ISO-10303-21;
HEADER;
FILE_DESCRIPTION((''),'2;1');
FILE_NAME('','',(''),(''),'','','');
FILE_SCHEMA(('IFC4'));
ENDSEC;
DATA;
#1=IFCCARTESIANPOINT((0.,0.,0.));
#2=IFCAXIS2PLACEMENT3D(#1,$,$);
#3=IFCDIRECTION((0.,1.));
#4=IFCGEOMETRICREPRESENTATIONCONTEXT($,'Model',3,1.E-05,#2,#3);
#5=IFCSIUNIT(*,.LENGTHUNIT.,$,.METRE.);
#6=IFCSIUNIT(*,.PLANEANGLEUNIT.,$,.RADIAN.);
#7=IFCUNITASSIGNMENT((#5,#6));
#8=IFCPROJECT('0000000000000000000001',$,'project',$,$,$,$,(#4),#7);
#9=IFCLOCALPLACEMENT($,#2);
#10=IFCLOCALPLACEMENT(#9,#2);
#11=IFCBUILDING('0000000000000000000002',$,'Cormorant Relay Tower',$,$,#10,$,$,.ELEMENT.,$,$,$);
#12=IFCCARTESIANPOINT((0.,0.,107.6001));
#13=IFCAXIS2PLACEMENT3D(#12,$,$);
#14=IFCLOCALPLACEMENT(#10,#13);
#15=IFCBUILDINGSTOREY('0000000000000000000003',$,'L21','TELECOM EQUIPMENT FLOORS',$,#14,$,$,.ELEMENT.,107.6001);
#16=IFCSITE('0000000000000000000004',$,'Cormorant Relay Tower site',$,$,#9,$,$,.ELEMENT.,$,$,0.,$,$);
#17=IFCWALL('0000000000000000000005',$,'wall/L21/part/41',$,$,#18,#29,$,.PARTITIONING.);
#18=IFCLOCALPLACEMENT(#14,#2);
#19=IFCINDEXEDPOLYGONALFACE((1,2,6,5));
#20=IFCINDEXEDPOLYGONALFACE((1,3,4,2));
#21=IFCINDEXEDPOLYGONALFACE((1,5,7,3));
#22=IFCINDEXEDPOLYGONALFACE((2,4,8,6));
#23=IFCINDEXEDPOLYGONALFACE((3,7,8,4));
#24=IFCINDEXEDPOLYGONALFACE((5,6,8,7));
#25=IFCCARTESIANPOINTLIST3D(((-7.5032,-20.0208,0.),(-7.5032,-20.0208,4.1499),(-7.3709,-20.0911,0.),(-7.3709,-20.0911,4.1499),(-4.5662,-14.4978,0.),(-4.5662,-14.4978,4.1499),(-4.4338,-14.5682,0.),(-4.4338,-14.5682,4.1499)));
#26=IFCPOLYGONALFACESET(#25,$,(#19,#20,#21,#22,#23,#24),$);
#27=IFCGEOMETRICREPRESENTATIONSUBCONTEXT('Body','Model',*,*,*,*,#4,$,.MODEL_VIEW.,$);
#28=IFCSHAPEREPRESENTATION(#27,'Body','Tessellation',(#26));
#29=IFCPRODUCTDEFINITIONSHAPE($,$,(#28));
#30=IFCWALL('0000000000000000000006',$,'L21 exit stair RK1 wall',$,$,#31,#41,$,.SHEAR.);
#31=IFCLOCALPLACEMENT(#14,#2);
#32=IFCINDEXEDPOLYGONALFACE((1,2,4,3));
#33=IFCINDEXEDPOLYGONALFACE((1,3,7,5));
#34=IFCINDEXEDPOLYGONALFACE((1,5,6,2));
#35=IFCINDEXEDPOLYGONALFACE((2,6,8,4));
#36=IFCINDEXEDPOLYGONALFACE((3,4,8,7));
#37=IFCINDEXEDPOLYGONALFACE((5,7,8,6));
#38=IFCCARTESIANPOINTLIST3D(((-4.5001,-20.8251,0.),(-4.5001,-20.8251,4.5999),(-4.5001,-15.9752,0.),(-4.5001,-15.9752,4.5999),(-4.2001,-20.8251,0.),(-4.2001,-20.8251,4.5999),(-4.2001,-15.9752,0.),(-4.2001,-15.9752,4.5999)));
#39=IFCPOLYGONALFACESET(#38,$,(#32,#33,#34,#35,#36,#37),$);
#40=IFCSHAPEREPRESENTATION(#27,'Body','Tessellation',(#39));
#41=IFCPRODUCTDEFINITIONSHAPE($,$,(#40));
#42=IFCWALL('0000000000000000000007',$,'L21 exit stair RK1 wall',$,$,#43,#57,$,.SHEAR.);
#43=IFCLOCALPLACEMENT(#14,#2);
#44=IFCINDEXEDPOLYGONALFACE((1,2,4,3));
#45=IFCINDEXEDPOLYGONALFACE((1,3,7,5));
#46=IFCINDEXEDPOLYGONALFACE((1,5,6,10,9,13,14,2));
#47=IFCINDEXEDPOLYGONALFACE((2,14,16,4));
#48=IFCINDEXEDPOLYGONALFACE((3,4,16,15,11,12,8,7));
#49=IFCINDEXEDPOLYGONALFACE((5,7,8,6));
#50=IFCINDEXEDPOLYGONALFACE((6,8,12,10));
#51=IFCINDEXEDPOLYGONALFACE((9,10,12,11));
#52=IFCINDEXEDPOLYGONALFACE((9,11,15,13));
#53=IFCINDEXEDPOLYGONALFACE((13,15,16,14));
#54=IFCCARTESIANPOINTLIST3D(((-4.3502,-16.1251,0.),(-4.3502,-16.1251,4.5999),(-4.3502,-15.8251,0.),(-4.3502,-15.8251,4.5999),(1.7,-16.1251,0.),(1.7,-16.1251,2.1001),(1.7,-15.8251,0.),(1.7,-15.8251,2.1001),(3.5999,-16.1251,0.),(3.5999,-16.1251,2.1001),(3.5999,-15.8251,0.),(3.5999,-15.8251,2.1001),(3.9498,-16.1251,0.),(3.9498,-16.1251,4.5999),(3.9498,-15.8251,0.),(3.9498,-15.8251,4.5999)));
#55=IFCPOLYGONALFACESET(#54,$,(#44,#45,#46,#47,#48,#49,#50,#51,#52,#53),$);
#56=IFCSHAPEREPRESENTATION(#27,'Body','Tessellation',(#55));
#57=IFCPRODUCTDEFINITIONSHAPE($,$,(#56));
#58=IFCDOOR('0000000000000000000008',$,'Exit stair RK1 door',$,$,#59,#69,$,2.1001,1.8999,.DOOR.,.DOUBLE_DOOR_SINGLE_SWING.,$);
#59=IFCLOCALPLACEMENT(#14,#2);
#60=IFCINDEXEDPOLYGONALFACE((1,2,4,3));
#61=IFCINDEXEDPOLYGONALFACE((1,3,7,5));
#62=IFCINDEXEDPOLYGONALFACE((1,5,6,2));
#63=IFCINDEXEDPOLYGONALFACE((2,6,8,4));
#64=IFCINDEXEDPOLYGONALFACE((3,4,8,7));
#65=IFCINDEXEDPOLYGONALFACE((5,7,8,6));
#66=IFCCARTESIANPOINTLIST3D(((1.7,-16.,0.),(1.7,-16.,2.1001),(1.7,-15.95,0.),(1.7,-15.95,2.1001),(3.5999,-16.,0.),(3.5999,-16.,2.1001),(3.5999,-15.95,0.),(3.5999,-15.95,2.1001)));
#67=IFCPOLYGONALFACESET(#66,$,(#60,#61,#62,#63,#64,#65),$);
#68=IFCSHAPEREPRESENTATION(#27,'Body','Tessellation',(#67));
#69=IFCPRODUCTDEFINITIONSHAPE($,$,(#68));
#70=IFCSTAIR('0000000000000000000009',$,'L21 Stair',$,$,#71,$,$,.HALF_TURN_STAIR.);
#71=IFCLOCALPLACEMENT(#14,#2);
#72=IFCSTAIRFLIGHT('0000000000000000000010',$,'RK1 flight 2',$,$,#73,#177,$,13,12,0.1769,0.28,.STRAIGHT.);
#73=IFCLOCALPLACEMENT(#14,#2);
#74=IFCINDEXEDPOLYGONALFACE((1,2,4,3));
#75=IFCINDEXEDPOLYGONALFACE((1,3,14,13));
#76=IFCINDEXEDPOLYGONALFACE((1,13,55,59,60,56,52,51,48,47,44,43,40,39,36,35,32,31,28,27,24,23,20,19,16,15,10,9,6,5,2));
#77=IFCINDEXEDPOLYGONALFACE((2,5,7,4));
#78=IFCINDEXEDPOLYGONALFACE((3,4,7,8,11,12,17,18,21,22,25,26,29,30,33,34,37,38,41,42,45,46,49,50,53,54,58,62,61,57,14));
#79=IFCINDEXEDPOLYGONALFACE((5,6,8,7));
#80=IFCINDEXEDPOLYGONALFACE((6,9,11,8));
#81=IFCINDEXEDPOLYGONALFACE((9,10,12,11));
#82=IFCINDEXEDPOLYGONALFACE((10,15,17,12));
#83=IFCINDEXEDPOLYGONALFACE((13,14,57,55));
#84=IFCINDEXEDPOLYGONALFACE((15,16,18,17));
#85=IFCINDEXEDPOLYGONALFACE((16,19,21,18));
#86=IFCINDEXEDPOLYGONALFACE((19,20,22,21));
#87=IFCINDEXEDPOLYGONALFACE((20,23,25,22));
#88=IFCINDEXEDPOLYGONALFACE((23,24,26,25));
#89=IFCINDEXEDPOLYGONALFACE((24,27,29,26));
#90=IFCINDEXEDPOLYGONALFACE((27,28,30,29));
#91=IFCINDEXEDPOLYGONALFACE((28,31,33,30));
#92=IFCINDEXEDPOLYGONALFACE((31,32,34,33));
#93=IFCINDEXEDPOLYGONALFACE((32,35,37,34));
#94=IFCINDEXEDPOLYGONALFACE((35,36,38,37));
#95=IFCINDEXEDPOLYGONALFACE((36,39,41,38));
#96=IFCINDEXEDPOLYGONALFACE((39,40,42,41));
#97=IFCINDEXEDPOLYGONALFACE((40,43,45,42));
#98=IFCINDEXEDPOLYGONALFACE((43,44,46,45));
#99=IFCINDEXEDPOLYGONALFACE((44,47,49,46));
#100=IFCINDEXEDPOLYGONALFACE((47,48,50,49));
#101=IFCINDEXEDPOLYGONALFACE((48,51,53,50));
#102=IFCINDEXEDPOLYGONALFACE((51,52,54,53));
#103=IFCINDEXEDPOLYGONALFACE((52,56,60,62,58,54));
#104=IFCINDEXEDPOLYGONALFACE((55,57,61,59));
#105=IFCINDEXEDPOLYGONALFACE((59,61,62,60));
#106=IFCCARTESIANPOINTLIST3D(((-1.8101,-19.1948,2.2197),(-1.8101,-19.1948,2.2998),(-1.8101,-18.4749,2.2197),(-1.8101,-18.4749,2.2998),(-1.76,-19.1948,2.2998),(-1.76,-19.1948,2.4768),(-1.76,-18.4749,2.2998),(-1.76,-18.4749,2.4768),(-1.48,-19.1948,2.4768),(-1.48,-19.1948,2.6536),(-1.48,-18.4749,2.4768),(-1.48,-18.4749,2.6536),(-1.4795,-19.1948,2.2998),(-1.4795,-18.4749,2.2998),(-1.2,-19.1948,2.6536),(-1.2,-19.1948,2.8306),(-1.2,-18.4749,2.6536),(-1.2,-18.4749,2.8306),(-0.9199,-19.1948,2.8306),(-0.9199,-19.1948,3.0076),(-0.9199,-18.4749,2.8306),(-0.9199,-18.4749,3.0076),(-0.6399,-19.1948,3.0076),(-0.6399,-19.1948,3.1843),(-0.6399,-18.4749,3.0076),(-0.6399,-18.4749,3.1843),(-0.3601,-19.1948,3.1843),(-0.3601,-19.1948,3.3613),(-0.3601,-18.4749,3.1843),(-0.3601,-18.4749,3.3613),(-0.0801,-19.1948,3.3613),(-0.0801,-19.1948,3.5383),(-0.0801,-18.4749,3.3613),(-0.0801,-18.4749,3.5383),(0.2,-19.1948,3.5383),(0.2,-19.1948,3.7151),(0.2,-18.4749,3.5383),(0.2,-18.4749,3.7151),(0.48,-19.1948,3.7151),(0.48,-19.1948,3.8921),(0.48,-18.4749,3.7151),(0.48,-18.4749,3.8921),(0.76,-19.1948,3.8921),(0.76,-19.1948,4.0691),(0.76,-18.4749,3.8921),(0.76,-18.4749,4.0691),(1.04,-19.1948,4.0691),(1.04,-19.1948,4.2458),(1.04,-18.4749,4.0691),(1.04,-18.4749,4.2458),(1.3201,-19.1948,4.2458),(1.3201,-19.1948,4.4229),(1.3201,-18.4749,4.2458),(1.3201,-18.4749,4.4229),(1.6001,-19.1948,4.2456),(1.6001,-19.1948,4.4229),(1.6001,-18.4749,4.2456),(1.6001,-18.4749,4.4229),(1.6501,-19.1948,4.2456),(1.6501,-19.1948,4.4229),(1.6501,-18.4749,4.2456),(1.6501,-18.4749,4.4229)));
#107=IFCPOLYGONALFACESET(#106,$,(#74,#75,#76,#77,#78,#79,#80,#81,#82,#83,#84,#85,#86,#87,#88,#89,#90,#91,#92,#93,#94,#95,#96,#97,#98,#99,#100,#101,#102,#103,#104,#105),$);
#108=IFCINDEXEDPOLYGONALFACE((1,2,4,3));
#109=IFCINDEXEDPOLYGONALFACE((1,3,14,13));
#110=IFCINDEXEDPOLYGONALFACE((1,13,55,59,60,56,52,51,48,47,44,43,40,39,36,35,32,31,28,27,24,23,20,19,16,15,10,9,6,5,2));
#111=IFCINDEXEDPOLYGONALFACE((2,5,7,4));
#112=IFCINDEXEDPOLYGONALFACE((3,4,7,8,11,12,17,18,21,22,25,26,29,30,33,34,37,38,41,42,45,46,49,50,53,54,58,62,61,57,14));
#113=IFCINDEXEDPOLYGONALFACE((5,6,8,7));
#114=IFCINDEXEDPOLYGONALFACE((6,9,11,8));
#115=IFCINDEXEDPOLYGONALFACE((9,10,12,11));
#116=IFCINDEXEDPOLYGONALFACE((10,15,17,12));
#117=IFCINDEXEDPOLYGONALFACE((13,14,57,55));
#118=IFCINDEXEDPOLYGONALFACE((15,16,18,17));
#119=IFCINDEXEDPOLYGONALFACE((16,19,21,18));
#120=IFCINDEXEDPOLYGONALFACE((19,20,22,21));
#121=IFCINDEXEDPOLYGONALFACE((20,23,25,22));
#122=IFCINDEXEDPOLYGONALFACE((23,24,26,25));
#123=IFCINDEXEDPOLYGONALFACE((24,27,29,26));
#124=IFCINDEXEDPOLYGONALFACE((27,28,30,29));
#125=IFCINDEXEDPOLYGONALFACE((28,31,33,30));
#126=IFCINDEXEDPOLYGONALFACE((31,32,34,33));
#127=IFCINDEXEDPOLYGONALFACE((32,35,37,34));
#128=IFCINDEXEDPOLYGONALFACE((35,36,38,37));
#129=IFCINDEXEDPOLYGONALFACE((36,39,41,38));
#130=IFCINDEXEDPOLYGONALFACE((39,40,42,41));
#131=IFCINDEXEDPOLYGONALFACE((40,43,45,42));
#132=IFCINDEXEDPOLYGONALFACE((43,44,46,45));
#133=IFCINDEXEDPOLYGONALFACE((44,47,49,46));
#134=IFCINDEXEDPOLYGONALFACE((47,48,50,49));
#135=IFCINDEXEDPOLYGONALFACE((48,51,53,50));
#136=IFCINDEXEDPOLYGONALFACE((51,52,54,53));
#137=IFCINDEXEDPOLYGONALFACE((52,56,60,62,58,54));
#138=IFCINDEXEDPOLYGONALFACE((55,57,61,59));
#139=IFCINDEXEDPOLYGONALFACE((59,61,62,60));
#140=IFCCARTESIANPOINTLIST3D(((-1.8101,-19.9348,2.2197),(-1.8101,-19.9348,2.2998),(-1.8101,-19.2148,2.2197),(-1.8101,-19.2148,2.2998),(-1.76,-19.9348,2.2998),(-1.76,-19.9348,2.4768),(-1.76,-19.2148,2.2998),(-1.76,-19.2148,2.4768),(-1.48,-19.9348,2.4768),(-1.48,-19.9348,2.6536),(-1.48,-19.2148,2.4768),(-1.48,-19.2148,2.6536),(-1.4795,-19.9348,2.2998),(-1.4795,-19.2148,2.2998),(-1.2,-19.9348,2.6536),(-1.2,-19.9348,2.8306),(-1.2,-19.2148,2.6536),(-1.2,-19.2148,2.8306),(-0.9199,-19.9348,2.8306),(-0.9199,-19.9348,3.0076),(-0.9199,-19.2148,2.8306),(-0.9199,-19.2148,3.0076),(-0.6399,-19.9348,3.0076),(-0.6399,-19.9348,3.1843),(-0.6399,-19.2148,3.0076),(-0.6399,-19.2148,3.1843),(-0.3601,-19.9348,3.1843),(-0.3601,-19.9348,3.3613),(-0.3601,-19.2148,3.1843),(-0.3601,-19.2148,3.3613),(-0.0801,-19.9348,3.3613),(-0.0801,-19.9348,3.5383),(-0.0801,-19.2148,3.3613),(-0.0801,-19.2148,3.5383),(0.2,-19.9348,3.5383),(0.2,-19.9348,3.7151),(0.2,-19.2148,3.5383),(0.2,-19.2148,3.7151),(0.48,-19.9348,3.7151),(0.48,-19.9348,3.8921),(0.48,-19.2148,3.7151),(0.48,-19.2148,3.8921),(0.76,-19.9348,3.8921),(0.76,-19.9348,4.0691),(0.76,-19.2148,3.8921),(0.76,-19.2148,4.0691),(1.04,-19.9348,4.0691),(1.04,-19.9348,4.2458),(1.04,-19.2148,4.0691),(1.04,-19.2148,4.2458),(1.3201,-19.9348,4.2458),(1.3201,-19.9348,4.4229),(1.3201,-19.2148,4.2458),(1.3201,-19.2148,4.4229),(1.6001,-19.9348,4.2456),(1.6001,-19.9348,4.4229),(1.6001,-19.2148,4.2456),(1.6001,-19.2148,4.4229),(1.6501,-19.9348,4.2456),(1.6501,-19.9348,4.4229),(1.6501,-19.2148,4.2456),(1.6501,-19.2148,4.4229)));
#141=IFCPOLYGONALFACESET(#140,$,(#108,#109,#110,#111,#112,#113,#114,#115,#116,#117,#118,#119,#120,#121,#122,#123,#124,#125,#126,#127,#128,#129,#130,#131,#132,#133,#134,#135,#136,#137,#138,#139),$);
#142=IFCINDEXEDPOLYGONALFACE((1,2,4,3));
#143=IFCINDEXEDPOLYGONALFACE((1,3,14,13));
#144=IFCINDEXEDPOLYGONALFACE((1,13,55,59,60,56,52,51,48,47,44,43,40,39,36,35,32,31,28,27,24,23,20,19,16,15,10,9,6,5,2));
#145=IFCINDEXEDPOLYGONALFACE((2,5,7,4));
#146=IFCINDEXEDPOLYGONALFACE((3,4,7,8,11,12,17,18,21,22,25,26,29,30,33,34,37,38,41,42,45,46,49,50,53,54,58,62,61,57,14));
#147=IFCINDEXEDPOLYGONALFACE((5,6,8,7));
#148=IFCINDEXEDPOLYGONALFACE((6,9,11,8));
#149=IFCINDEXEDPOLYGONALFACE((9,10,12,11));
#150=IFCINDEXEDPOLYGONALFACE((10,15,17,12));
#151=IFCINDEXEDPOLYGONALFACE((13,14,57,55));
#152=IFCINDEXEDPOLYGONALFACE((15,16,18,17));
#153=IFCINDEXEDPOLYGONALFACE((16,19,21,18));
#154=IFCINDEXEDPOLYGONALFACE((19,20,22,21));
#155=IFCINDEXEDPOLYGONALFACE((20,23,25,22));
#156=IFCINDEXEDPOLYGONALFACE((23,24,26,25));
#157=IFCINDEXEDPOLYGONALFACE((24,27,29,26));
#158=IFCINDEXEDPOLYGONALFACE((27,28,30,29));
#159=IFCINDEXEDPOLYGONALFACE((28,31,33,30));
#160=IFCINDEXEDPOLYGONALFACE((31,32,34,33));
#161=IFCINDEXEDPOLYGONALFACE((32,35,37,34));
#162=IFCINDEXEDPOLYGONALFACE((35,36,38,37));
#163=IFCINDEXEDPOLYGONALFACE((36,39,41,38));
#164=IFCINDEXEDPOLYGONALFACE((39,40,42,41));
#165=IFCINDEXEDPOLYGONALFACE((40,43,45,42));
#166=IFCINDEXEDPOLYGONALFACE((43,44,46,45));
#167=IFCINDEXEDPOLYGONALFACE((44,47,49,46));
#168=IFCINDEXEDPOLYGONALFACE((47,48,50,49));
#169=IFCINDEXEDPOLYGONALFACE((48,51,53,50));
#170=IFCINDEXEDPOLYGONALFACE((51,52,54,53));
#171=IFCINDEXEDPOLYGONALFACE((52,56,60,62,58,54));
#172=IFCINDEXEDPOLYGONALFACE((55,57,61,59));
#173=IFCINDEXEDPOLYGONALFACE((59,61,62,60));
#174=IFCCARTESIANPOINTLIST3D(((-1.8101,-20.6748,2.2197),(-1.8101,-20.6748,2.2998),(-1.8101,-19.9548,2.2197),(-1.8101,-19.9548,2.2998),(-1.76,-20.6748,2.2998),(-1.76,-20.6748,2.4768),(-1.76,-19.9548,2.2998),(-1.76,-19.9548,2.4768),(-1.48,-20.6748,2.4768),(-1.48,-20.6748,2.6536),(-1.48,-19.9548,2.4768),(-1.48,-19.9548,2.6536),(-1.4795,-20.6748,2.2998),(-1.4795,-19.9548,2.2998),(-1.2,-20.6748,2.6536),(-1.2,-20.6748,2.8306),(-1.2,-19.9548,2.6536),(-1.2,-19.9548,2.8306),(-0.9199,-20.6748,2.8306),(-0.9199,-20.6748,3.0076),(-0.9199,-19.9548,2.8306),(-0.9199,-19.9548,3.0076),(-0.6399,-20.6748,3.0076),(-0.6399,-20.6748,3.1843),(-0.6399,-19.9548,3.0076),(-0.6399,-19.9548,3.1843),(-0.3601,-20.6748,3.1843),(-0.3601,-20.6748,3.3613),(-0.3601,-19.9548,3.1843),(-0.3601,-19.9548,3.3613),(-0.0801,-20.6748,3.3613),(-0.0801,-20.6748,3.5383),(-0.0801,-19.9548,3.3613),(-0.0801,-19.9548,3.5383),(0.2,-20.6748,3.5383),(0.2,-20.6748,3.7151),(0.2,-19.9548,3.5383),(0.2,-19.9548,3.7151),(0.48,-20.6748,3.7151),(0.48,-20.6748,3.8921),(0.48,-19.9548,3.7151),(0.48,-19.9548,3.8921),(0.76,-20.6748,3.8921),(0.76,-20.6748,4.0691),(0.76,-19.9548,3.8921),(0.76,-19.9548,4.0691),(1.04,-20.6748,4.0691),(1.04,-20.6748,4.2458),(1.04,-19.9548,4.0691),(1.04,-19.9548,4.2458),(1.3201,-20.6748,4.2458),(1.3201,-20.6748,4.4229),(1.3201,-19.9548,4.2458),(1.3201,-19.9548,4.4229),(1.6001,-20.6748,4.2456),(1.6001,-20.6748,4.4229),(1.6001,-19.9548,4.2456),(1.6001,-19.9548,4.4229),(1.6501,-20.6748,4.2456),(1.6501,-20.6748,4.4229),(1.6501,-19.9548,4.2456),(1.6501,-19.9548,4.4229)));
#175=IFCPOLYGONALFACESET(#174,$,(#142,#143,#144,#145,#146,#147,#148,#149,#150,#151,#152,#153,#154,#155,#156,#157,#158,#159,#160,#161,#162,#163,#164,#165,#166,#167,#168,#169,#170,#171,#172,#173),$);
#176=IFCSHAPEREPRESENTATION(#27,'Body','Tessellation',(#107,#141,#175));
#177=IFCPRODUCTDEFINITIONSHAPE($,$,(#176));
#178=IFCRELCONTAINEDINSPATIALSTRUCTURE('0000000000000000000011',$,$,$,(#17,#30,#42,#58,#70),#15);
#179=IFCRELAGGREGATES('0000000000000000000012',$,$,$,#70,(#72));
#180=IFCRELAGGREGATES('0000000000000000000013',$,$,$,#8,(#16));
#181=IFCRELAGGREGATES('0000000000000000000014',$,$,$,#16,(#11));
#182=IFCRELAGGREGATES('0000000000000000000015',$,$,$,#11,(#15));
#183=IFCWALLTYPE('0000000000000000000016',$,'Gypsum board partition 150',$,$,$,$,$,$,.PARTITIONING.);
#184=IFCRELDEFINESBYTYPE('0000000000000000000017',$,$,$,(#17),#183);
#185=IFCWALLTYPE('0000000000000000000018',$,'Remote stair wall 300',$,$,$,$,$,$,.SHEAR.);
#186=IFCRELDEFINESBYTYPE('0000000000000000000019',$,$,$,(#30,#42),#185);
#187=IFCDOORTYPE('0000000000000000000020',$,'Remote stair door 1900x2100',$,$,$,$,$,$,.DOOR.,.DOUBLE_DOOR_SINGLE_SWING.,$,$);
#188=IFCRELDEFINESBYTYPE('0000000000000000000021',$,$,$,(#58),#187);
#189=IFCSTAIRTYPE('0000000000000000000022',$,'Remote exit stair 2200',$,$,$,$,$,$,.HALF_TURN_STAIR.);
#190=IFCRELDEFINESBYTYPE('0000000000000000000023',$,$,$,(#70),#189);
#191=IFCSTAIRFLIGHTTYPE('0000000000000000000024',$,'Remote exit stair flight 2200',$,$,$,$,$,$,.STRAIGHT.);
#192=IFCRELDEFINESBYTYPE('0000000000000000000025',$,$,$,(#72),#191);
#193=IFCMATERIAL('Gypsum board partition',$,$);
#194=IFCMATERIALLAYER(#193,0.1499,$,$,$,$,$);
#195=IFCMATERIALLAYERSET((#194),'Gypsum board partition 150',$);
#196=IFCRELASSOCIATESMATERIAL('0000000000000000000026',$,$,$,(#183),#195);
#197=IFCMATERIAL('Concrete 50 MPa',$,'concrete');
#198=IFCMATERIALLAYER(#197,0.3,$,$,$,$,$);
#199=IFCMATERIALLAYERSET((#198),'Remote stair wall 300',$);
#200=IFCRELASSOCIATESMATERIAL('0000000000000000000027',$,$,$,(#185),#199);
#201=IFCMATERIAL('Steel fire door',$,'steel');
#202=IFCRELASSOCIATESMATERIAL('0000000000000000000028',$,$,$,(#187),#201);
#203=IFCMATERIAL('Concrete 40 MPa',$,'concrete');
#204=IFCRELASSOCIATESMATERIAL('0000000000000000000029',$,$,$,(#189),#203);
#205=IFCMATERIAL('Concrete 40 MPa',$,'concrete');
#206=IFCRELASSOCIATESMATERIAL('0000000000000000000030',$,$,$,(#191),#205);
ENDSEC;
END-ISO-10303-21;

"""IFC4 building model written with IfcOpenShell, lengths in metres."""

from ifc_helpers import new_model, si_unit, direction, frame, frame_2d, origin, place, context, subcontext, project, spatial, polyline, rectangle, outline, extrude, material, layer, layer_set, type_object, element, fill, aggregate, save


model = new_model("IFC4")

# Units and contexts
model_context = context("Model", 3, precision=1e-05, world=origin(), true_north=direction((0.0, 1.0)))
body_context = subcontext(model_context, "Body", "Model", "MODEL_VIEW")
ifc_project = project(units=[si_unit("LENGTHUNIT", "METRE"), si_unit("PLANEANGLEUNIT", "RADIAN")], contexts=[model_context])

# Site, building, storey
site_placement = place(None, origin())
site = spatial("IfcSite", under=ifc_project, at=site_placement, Name="Cormorant Relay Tower site", CompositionType="ELEMENT", RefElevation=0.0)
building_placement = place(site_placement, origin())
building = spatial("IfcBuilding", under=site, at=building_placement, Name="Cormorant Relay Tower", CompositionType="ELEMENT")
storey_placement = place(building_placement, frame((0.0, 0.0, 107.6001)))
storey = spatial("IfcBuildingStorey", under=building, at=storey_placement, Name="L21", Description="TELECOM EQUIPMENT FLOORS", CompositionType="ELEMENT", Elevation=107.6001)

# Shared definitions
ifc_material_1 = material(Name="Gypsum board partition")
ifc_layer_1 = layer(ifc_material_1, 0.1499)
ifc_layer_set_1 = layer_set([ifc_layer_1], Name="Gypsum board partition 150")
wall_type_1 = type_object("IfcWallType", Name="Gypsum board partition 150", PredefinedType="PARTITIONING", material=ifc_layer_set_1)

# Walls
wall_1_placement = place(storey_placement, frame((-4.5, -14.533, 0.0), z_axis=(0.0, 0.0, 1.0), x_axis=(-0.469522, -0.882921, 0.0)))
element("IfcWall", 1, at=wall_1_placement, inside=storey, type_object=wall_type_1, Name="wall/L21/part/41", PredefinedType="PARTITIONING", context=body_context, shape_type="SweptSolid", body=[
    extrude(rectangle(XDim=6.2554, YDim=0.1499, at=frame_2d((3.1277, 0.0))), origin(), (0.0, 0.0, 1.0), 4.1499),
])
ifc_material_2 = material(Name="Concrete 50 MPa", Category="concrete")
ifc_layer_2 = layer(ifc_material_2, 0.3)
ifc_layer_set_2 = layer_set([ifc_layer_2], Name="Remote stair wall 300")
wall_type_2 = type_object("IfcWallType", Name="Remote stair wall 300", PredefinedType="SHEAR", material=ifc_layer_set_2)
wall_2_placement = place(storey_placement, frame((-4.3501, -20.825, 0.0), z_axis=(0.0, 0.0, 1.0), x_axis=(0.0, 1.0, 0.0)))
element("IfcWall", 2, at=wall_2_placement, inside=storey, type_object=wall_type_2, Name="L21 exit stair RK1 wall", PredefinedType="SHEAR", context=body_context, shape_type="SweptSolid", body=[
    extrude(rectangle(XDim=4.8499, YDim=0.3, at=frame_2d((2.4248, 0.0))), origin(), (0.0, 0.0, 1.0), 4.5999),
])

# Wall, opening, door
wall_3_placement = place(storey_placement, frame((-4.3501, -15.9751, 0.0), z_axis=(0.0, 0.0, 1.0), x_axis=(1.0, 0.0, 0.0)))
wall_3 = element("IfcWall", 3, at=wall_3_placement, inside=storey, type_object=wall_type_2, Name="L21 exit stair RK1 wall", PredefinedType="SHEAR", context=body_context, shape_type="SweptSolid", body=[
    extrude(rectangle(XDim=8.3, YDim=0.3, at=frame_2d((4.1499, 0.0))), origin(), (0.0, 0.0, 1.0), 4.5999),
])
opening_1_placement = place(wall_3_placement, frame((6.05, 0.0, 0.0)))
opening_1 = element("IfcOpeningElement", 4, at=opening_1_placement, cuts=wall_3, PredefinedType="OPENING", context=body_context, shape_type="SweptSolid", body=[
    extrude(rectangle(XDim=1.8999, YDim=2.1001, at=frame_2d((0.95, 1.05))), frame((0.0, 0.1599, 0.0), z_axis=(0.0, -1.0, 0.0), x_axis=(1.0, 0.0, 0.0)), (0.0, 0.0, 1.0), 0.3201),
])
ifc_material_3 = material(Name="Steel fire door", Category="steel")
door_type_1 = type_object("IfcDoorType", Name="Remote stair door 1900x2100", OperationType="DOUBLE_DOOR_SINGLE_SWING", PredefinedType="DOOR", material=ifc_material_3)
door_1_placement = place(opening_1_placement, frame((1.8999, 0.0, 0.0), z_axis=(0.0, 0.0, 1.0), x_axis=(-1.0, 0.0, 0.0)))
door_1 = element("IfcDoor", 5, at=door_1_placement, inside=storey, type_object=door_type_1, Name="Exit stair RK1 door", OperationType="DOUBLE_DOOR_SINGLE_SWING", OverallHeight=2.1001, OverallWidth=1.8999, PredefinedType="DOOR", context=body_context, shape_type="SweptSolid", body=[
    extrude(rectangle(XDim=1.8999, YDim=2.1001, at=frame_2d((0.95, 1.05))), frame((0.0, 0.0249, 0.0), z_axis=(0.0, -1.0, 0.0), x_axis=(1.0, 0.0, 0.0)), (0.0, 0.0, 1.0), 0.05),
])
fill(opening_1, door_1)

# Stair, stair flight
ifc_material_4 = material(Name="Concrete 40 MPa", Category="concrete")
stair_type = type_object("IfcStairType", Name="Remote exit stair 2200", PredefinedType="HALF_TURN_STAIR", material=ifc_material_4)
stair_placement = place(storey_placement, origin())
stair = element("IfcStair", 6, at=stair_placement, inside=storey, type_object=stair_type, Name="L21 Stair", PredefinedType="HALF_TURN_STAIR")
ifc_material_5 = material(Name="Concrete 40 MPa", Category="concrete")
stair_flight_type = type_object("IfcStairFlightType", Name="Remote exit stair flight 2200", PredefinedType="STRAIGHT", material=ifc_material_5)
stair_flight_placement = place(storey_placement, frame((-1.76, -19.575, 2.2998), z_axis=(0.0, 0.0, 1.0), x_axis=(1.0, 0.0, 0.0)))
stair_flight = element("IfcStairFlight", 7, at=stair_flight_placement, type_object=stair_flight_type, Name="RK1 flight 2", NumberOfRisers=13, NumberOfTreads=12, PredefinedType="STRAIGHT", RiserHeight=0.1769, TreadLength=0.28, context=body_context, shape_type="SweptSolid", body=[
    extrude(outline(polyline([(-0.05, -0.0801), (-0.05, 0.0), (0.0, 0.0), (0.0, 0.177), (0.28, 0.177), (0.28, 0.3538), (0.5601, 0.3538), (0.5601, 0.5308), (0.8401, 0.5308), (0.8401, 0.7078), (1.1201, 0.7078), (1.1201, 0.8845), (1.3999, 0.8845), (1.3999, 1.0615), (1.6799, 1.0615), (1.6799, 1.2385), (1.96, 1.2385), (1.96, 1.4153), (2.24, 1.4153), (2.24, 1.5923), (2.52, 1.5923), (2.52, 1.7693), (2.8, 1.7693), (2.8, 1.946), (3.0801, 1.946), (3.0801, 2.123), (3.3601, 2.123), (3.4102, 2.123), (3.4102, 1.9458), (3.3601, 1.9458), (0.2805, 0.0), (-0.05, -0.0801)])), frame((0.0, 1.1001, 0.0), z_axis=(0.0, -1.0, 0.0), x_axis=(1.0, 0.0, 0.0)), (0.0, 0.0, 1.0), 0.72),
    extrude(outline(polyline([(-0.05, -0.0801), (-0.05, 0.0), (0.0, 0.0), (0.0, 0.177), (0.28, 0.177), (0.28, 0.3538), (0.5601, 0.3538), (0.5601, 0.5308), (0.8401, 0.5308), (0.8401, 0.7078), (1.1201, 0.7078), (1.1201, 0.8845), (1.3999, 0.8845), (1.3999, 1.0615), (1.6799, 1.0615), (1.6799, 1.2385), (1.96, 1.2385), (1.96, 1.4153), (2.24, 1.4153), (2.24, 1.5923), (2.52, 1.5923), (2.52, 1.7693), (2.8, 1.7693), (2.8, 1.946), (3.0801, 1.946), (3.0801, 2.123), (3.3601, 2.123), (3.4102, 2.123), (3.4102, 1.9458), (3.3601, 1.9458), (0.2805, 0.0), (-0.05, -0.0801)])), frame((0.0, 0.3601, 0.0), z_axis=(0.0, -1.0, 0.0), x_axis=(1.0, 0.0, 0.0)), (0.0, 0.0, 1.0), 0.72),
    extrude(outline(polyline([(-0.05, -0.0801), (-0.05, 0.0), (0.0, 0.0), (0.0, 0.177), (0.28, 0.177), (0.28, 0.3538), (0.5601, 0.3538), (0.5601, 0.5308), (0.8401, 0.5308), (0.8401, 0.7078), (1.1201, 0.7078), (1.1201, 0.8845), (1.3999, 0.8845), (1.3999, 1.0615), (1.6799, 1.0615), (1.6799, 1.2385), (1.96, 1.2385), (1.96, 1.4153), (2.24, 1.4153), (2.24, 1.5923), (2.52, 1.5923), (2.52, 1.7693), (2.8, 1.7693), (2.8, 1.946), (3.0801, 1.946), (3.0801, 2.123), (3.3601, 2.123), (3.4102, 2.123), (3.4102, 1.9458), (3.3601, 1.9458), (0.2805, 0.0), (-0.05, -0.0801)])), frame((0.0, -0.3799, 0.0), z_axis=(0.0, -1.0, 0.0), x_axis=(1.0, 0.0, 0.0)), (0.0, 0.0, 1.0), 0.72),
])
aggregate(stair, [stair_flight])

save(model, "model.ifc")
